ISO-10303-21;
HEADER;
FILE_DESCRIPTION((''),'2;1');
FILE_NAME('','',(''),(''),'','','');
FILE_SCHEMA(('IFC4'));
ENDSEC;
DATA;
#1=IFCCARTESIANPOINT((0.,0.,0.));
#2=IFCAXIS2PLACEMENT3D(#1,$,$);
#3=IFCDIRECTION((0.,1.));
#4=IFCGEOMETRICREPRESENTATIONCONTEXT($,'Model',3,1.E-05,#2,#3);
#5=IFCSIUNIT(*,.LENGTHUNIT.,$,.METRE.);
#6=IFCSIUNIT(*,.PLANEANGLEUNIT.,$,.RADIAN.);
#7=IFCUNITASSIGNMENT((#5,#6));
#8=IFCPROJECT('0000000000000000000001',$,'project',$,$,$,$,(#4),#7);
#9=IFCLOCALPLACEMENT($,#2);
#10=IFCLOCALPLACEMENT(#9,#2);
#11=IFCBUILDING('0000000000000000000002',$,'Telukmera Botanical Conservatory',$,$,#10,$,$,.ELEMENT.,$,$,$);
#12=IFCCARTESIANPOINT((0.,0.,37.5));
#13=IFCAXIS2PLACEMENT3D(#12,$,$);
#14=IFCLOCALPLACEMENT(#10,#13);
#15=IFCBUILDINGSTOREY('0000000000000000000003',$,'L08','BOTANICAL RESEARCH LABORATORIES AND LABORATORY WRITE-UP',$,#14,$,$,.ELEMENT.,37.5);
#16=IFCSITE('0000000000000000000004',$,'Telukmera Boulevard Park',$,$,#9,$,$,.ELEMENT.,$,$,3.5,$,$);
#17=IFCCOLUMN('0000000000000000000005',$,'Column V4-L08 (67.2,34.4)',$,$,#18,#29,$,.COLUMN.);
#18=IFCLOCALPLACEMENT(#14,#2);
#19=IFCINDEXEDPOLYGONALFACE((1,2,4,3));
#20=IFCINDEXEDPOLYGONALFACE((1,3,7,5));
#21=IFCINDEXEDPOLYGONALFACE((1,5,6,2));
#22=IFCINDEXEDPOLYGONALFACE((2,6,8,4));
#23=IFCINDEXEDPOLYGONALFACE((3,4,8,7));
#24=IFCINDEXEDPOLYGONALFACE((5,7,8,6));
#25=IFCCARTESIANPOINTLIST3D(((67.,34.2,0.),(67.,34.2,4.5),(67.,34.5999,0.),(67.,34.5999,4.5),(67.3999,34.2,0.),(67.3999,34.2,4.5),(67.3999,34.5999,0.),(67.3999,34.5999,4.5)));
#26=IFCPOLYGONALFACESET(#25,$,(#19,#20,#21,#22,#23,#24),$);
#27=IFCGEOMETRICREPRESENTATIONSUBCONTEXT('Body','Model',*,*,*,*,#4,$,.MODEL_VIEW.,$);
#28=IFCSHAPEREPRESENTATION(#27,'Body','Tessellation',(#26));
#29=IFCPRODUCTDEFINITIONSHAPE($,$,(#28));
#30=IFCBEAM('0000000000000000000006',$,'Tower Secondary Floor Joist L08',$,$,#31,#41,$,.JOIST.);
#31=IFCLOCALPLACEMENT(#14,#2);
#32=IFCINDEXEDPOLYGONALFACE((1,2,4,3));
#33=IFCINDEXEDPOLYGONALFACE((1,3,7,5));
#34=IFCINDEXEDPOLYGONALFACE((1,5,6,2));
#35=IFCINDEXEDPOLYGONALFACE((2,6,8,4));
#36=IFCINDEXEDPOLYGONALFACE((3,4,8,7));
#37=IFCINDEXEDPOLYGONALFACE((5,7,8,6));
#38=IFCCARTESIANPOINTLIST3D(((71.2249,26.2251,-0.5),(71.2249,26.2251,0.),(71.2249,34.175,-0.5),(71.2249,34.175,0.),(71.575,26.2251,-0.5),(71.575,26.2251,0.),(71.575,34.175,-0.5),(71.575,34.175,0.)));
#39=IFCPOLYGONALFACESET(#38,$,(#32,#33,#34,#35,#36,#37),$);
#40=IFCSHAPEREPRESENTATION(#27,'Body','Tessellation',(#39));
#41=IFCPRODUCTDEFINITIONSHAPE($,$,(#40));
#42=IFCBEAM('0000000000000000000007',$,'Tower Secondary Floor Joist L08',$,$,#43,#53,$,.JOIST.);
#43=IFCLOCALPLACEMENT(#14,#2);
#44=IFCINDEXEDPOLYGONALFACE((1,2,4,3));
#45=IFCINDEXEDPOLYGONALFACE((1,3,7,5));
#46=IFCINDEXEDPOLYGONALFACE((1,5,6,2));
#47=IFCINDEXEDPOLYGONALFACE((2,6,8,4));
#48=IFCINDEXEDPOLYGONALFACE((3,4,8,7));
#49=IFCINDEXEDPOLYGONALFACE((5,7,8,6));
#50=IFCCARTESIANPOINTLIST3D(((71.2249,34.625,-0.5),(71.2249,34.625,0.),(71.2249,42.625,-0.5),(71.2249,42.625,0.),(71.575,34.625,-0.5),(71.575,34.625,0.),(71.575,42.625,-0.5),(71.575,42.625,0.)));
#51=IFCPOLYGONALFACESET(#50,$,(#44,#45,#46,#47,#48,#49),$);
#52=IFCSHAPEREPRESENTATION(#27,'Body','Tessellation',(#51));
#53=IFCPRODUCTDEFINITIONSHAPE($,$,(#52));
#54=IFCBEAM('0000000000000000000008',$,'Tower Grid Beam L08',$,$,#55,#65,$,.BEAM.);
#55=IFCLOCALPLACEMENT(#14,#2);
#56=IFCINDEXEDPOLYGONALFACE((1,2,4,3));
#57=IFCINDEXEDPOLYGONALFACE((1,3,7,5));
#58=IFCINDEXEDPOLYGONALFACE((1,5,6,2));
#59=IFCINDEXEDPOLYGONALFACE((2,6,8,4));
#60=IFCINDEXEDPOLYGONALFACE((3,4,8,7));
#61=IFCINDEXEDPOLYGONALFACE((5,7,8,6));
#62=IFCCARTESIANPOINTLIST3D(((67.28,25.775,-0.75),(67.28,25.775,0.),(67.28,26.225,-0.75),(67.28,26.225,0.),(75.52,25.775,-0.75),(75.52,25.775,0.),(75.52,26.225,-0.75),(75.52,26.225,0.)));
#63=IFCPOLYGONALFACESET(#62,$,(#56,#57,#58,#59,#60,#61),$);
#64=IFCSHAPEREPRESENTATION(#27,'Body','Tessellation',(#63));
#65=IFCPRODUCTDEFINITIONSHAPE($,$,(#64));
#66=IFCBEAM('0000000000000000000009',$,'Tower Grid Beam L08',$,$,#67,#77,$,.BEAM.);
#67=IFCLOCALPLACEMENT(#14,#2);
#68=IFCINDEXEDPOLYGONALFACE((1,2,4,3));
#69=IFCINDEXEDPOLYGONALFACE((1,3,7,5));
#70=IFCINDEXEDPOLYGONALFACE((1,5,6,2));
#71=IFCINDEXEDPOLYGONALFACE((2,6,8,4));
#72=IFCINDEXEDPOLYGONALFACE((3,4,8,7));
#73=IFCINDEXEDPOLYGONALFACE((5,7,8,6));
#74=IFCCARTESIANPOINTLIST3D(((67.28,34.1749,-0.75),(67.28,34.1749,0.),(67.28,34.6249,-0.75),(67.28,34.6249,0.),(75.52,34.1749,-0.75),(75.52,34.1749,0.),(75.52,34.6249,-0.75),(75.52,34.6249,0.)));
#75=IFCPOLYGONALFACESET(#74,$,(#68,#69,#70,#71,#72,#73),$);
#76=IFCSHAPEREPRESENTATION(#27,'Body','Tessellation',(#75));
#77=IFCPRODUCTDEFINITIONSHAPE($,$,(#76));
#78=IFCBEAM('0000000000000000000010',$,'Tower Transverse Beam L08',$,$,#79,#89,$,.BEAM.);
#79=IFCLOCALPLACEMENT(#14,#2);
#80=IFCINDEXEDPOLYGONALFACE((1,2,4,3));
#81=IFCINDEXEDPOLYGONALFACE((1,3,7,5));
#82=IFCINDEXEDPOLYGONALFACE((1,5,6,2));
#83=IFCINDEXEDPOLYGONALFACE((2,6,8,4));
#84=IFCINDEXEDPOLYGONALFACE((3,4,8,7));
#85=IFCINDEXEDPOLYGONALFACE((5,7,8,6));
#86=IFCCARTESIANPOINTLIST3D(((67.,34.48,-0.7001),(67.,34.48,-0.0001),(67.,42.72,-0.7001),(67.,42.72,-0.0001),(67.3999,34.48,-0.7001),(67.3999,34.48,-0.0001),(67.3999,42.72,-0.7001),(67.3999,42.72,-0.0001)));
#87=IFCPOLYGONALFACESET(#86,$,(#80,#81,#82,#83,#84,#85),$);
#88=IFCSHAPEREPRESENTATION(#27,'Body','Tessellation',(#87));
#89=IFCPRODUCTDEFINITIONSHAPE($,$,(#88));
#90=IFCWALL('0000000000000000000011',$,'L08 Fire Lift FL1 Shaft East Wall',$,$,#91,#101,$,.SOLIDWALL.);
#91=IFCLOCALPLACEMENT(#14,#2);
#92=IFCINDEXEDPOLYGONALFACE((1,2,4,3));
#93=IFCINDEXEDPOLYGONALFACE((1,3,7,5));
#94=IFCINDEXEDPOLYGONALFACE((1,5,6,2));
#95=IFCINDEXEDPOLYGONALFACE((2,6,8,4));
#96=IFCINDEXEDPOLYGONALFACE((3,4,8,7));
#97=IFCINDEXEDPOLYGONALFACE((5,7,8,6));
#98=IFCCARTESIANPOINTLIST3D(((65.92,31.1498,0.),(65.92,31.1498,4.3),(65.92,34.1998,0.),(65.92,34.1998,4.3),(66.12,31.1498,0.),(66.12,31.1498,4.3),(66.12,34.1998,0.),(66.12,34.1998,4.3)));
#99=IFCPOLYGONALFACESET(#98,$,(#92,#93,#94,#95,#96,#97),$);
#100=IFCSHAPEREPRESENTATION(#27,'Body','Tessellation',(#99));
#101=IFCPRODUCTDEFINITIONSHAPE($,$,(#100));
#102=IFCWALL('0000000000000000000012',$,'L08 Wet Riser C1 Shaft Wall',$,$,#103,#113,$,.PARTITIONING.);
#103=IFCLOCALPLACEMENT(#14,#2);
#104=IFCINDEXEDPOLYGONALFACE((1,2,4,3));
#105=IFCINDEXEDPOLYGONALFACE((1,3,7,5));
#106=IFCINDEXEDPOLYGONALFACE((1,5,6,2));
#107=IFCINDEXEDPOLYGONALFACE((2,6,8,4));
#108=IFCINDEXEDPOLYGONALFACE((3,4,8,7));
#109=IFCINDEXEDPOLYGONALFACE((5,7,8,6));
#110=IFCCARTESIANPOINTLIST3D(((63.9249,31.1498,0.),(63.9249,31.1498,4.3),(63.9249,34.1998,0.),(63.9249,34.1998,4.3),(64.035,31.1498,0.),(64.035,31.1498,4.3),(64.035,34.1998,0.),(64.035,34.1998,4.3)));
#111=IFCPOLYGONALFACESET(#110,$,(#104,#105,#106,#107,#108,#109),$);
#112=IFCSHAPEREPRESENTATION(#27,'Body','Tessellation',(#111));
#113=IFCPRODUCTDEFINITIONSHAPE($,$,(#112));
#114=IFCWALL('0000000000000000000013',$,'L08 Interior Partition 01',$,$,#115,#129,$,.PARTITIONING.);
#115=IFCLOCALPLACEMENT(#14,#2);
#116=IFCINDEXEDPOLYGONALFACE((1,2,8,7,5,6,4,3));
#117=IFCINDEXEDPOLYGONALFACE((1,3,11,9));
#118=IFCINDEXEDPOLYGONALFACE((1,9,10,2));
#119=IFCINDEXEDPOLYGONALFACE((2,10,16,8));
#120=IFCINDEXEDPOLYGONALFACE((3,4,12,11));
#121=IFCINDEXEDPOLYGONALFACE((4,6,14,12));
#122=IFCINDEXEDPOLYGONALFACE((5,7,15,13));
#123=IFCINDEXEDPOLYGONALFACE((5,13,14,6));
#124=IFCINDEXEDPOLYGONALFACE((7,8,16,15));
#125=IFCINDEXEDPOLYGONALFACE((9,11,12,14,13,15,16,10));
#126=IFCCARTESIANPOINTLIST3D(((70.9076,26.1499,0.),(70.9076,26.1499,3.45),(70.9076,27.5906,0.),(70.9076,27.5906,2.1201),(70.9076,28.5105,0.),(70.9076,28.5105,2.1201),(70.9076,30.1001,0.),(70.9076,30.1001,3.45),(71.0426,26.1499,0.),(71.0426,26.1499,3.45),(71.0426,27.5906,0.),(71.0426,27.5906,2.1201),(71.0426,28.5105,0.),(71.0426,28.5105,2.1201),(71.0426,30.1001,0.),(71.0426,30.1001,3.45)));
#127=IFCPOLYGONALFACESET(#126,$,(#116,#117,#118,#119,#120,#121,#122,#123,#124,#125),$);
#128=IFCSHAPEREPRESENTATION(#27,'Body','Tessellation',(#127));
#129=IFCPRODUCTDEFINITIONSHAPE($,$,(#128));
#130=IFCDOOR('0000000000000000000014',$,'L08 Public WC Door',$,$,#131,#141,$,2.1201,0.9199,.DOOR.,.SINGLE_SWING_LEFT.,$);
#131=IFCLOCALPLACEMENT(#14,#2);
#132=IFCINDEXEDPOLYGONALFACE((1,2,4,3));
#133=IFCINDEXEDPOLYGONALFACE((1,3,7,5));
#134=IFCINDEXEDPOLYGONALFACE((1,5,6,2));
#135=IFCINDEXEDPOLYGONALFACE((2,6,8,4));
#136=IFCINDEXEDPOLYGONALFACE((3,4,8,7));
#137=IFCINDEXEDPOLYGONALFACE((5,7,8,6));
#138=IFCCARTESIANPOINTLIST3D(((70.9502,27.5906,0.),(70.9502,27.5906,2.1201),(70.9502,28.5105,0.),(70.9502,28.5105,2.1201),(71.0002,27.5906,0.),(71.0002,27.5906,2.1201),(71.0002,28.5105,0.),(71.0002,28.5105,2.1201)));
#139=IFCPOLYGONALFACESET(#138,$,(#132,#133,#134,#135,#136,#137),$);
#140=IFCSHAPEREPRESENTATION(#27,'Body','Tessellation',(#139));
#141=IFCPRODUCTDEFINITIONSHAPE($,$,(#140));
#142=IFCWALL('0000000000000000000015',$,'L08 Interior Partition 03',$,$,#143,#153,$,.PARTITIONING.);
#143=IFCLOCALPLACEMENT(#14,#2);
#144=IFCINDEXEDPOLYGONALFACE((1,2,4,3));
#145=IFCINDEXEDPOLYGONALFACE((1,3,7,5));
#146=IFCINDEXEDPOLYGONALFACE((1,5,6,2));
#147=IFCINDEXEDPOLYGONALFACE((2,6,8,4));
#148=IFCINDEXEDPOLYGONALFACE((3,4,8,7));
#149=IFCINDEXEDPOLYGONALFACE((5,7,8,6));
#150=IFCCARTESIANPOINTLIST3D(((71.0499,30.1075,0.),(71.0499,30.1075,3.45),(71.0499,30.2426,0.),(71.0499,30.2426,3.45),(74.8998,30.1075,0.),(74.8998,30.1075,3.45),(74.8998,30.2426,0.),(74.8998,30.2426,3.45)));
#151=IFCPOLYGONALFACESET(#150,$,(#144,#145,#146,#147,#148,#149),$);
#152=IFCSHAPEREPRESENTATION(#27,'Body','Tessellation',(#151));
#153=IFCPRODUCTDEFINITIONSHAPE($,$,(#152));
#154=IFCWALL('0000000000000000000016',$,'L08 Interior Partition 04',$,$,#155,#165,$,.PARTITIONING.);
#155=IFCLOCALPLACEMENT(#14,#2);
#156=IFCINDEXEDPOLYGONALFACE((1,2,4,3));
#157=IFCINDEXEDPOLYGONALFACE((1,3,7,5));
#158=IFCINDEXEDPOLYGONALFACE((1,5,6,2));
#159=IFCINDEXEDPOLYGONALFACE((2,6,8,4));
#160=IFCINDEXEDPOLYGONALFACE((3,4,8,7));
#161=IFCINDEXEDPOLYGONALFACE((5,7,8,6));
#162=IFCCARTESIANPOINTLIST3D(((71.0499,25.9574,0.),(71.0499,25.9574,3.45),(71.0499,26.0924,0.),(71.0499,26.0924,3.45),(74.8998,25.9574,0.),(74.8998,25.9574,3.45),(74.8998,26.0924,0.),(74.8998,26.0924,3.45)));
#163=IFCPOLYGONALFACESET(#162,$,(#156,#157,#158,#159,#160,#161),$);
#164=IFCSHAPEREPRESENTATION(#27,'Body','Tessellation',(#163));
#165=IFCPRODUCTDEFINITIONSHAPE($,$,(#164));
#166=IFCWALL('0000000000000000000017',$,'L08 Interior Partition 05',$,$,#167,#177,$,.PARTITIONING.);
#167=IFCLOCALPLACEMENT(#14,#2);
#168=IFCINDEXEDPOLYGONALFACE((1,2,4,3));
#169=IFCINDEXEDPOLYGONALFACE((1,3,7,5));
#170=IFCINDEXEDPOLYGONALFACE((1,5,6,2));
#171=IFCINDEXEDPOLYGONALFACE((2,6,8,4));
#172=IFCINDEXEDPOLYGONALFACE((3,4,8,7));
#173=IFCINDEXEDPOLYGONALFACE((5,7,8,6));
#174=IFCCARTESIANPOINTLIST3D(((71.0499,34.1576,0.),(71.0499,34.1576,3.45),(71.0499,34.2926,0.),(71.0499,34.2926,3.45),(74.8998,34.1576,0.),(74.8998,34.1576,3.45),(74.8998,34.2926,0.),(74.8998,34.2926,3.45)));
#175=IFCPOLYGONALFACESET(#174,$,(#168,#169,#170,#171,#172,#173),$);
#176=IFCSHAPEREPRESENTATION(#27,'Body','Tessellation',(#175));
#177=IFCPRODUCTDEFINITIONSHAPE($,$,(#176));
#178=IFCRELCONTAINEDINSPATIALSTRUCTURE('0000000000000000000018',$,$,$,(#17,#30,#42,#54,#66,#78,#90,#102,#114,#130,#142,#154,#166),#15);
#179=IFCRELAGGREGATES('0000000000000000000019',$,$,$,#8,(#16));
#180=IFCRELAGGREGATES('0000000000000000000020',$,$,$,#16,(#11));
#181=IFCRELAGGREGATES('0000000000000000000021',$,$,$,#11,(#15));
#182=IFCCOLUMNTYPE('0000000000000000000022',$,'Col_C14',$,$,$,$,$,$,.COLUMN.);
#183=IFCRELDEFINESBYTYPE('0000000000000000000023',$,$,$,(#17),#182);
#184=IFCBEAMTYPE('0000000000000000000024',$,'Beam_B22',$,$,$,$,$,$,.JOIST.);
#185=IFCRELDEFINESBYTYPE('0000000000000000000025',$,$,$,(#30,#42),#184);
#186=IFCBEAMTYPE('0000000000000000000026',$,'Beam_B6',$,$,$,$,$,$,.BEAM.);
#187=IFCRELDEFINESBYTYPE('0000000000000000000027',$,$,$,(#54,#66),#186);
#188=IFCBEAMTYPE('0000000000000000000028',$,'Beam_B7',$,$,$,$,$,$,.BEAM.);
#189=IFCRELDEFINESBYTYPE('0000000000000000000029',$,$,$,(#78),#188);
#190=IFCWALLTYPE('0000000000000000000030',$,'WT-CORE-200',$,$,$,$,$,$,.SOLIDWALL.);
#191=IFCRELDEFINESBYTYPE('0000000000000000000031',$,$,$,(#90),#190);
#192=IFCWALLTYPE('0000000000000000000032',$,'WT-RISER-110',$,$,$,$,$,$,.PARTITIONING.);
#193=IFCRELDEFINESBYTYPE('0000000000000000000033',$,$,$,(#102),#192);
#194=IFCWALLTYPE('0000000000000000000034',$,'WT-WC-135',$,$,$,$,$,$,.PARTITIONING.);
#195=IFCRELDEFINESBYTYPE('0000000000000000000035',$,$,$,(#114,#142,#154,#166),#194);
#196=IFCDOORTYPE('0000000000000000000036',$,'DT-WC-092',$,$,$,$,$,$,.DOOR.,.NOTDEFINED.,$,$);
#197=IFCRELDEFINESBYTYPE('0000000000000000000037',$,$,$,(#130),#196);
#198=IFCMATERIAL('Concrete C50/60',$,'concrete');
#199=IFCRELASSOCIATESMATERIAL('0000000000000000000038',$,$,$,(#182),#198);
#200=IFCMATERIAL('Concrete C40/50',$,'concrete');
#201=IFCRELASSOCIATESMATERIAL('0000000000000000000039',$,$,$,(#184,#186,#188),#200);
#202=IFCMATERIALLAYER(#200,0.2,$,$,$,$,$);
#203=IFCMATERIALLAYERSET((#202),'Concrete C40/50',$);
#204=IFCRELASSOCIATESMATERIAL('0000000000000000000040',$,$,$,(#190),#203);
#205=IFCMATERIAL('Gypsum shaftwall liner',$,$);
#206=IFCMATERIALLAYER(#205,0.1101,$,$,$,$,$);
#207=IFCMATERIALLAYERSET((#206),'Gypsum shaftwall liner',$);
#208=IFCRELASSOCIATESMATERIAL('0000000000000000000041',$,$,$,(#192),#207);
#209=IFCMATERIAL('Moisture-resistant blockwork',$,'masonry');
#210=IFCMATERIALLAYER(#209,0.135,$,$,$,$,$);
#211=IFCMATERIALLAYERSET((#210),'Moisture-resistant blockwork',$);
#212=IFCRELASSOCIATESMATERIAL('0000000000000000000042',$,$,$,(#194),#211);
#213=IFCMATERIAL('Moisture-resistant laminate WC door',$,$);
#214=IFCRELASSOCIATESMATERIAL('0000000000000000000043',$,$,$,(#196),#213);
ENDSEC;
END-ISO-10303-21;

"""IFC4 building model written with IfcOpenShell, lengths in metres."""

from ifc_helpers import new_model, si_unit, direction, frame, frame_2d, origin, origin_2d, place, context, subcontext, project, spatial, rectangle, extrude, material, layer, layer_set, material_profile, profile_set, type_object, element, fill, save


model = new_model("IFC4")

# Units and contexts
model_context = context("Model", 3, precision=1e-05, world=origin(), true_north=direction((0.0, 1.0)))
body_context = subcontext(model_context, "Body", "Model", "MODEL_VIEW")
ifc_project = project(units=[si_unit("LENGTHUNIT", "METRE"), si_unit("PLANEANGLEUNIT", "RADIAN")], contexts=[model_context])

# Site, building, storey
site_placement = place(None, origin())
site = spatial("IfcSite", under=ifc_project, at=site_placement, Name="Telukmera Boulevard Park", CompositionType="ELEMENT", RefElevation=3.5)
building_placement = place(site_placement, origin())
building = spatial("IfcBuilding", under=site, at=building_placement, Name="Telukmera Botanical Conservatory", CompositionType="ELEMENT")
storey_placement = place(building_placement, frame((0.0, 0.0, 37.5)))
storey = spatial("IfcBuildingStorey", under=building, at=storey_placement, Name="L08", Description="BOTANICAL RESEARCH LABORATORIES AND LABORATORY WRITE-UP", CompositionType="ELEMENT", Elevation=37.5)

# Column
ifc_material_1 = material(Name="Concrete C50/60", Category="concrete")
ifc_material_profile_1 = material_profile(ifc_material_1, rectangle(XDim=0.3999, YDim=0.3999, at=origin_2d()), Name="RC 400x400")
ifc_profile_set_1 = profile_set([ifc_material_profile_1], Name="Concrete C50/60")
column_type = type_object("IfcColumnType", Name="Col_C14", PredefinedType="COLUMN", material=ifc_profile_set_1)
column_placement = place(storey_placement, frame((67.2, 34.3999, 0.0), z_axis=(0.0, 0.0, 1.0), x_axis=(1.0, 0.0, 0.0)))
element("IfcColumn", 1, at=column_placement, inside=storey, type_object=column_type, Name="Column V4-L08 (67.2,34.4)", PredefinedType="COLUMN", context=body_context, shape_type="SweptSolid", body=[
    extrude(rectangle(XDim=0.3999, YDim=0.3999, at=origin_2d()), origin(), (0.0, 0.0, 1.0), 4.5),
])

# Beams
ifc_material_2 = material(Name="Concrete C40/50", Category="concrete")
ifc_material_profile_2 = material_profile(ifc_material_2, rectangle(XDim=0.3501, YDim=0.5, at=origin_2d()), Name="RC 350x500")
ifc_profile_set_2 = profile_set([ifc_material_profile_2], Name="Concrete C40/50")
beam_type_1 = type_object("IfcBeamType", Name="Beam_B22", PredefinedType="JOIST", material=ifc_profile_set_2)
beam_1_placement = place(storey_placement, frame((71.3999, 26.2251, -0.25), z_axis=(0.0, 1.0, 0.0), x_axis=(-1.0, 0.0, 0.0)))
element("IfcBeam", 2, at=beam_1_placement, inside=storey, type_object=beam_type_1, Name="Tower Secondary Floor Joist L08", PredefinedType="JOIST", context=body_context, shape_type="SweptSolid", body=[
    extrude(rectangle(XDim=0.3501, YDim=0.5, at=origin_2d()), origin(), (0.0, 0.0, 1.0), 7.95),
])
beam_2_placement = place(storey_placement, frame((71.3999, 34.625, -0.25), z_axis=(0.0, 1.0, 0.0), x_axis=(-1.0, 0.0, 0.0)))
element("IfcBeam", 3, at=beam_2_placement, inside=storey, type_object=beam_type_1, Name="Tower Secondary Floor Joist L08", PredefinedType="JOIST", context=body_context, shape_type="SweptSolid", body=[
    extrude(rectangle(XDim=0.3501, YDim=0.5, at=origin_2d()), origin(), (0.0, 0.0, 1.0), 8.0),
])
ifc_material_profile_3 = material_profile(ifc_material_2, rectangle(XDim=0.45, YDim=0.75, at=origin_2d()), Name="RC 450x750")
ifc_profile_set_3 = profile_set([ifc_material_profile_3], Name="Concrete C40/50")
beam_type_2 = type_object("IfcBeamType", Name="Beam_B6", PredefinedType="BEAM", material=ifc_profile_set_3)
for number, where, z_axis, x_axis, name in (
    (4, (67.28, 26.0, -0.375), (1.0, 0.0, 0.0), (0.0, 1.0, 0.0), "Tower Grid Beam L08"),
    (5, (67.28, 34.3999, -0.375), (1.0, 0.0, 0.0), (0.0, 1.0, 0.0), "Tower Grid Beam L08"),
):
    element("IfcBeam", number, at=place(storey_placement, frame(where, z_axis=z_axis, x_axis=x_axis)), inside=storey, type_object=beam_type_2, Name=name, PredefinedType="BEAM", context=body_context, shape_type="SweptSolid", body=[
        extrude(rectangle(XDim=0.45, YDim=0.75, at=origin_2d()), origin(), (0.0, 0.0, 1.0), 8.24),
    ])
ifc_material_profile_4 = material_profile(ifc_material_2, rectangle(XDim=0.3999, YDim=0.7, at=origin_2d()), Name="RC 400x700")
ifc_profile_set_4 = profile_set([ifc_material_profile_4], Name="Concrete C40/50")
beam_type_3 = type_object("IfcBeamType", Name="Beam_B7", PredefinedType="BEAM", material=ifc_profile_set_4)
beam_3_placement = place(storey_placement, frame((67.2, 34.48, -0.3501), z_axis=(0.0, 1.0, 0.0), x_axis=(-1.0, 0.0, 0.0)))
element("IfcBeam", 6, at=beam_3_placement, inside=storey, type_object=beam_type_3, Name="Tower Transverse Beam L08", PredefinedType="BEAM", context=body_context, shape_type="SweptSolid", body=[
    extrude(rectangle(XDim=0.3999, YDim=0.7, at=origin_2d()), origin(), (0.0, 0.0, 1.0), 8.24),
])

# Shared definitions
ifc_layer_1 = layer(ifc_material_2, 0.2)
ifc_layer_set_1 = layer_set([ifc_layer_1], Name="Concrete C40/50")
wall_type_1 = type_object("IfcWallType", Name="WT-CORE-200", PredefinedType="SOLIDWALL", material=ifc_layer_set_1)

# Walls
wall_1_placement = place(storey_placement, frame((66.02, 31.1499, 0.0), z_axis=(0.0, 0.0, 1.0), x_axis=(0.0, 1.0, 0.0)))
element("IfcWall", 7, at=wall_1_placement, inside=storey, type_object=wall_type_1, Name="L08 Fire Lift FL1 Shaft East Wall", PredefinedType="SOLIDWALL", context=body_context, shape_type="SweptSolid", body=[
    extrude(rectangle(XDim=3.05, YDim=0.2, at=frame_2d((1.5249, 0.0))), origin(), (0.0, 0.0, 1.0), 4.3),
])
ifc_material_3 = material(Name="Gypsum shaftwall liner")
ifc_layer_2 = layer(ifc_material_3, 0.1101)
ifc_layer_set_2 = layer_set([ifc_layer_2], Name="Gypsum shaftwall liner")
wall_type_2 = type_object("IfcWallType", Name="WT-RISER-110", PredefinedType="PARTITIONING", material=ifc_layer_set_2)
wall_2_placement = place(storey_placement, frame((63.98, 31.1499, 0.0), z_axis=(0.0, 0.0, 1.0), x_axis=(0.0, 1.0, 0.0)))
element("IfcWall", 8, at=wall_2_placement, inside=storey, type_object=wall_type_2, Name="L08 Wet Riser C1 Shaft Wall", PredefinedType="PARTITIONING", context=body_context, shape_type="SweptSolid", body=[
    extrude(rectangle(XDim=3.05, YDim=0.1101, at=frame_2d((1.5249, 0.0))), origin(), (0.0, 0.0, 1.0), 4.3),
])

# Wall, opening, door
ifc_material_4 = material(Name="Moisture-resistant blockwork", Category="masonry")
ifc_layer_3 = layer(ifc_material_4, 0.135)
ifc_layer_set_3 = layer_set([ifc_layer_3], Name="Moisture-resistant blockwork")
wall_type_3 = type_object("IfcWallType", Name="WT-WC-135", PredefinedType="PARTITIONING", material=ifc_layer_set_3)
wall_3_placement = place(storey_placement, frame((70.9751, 26.1499, 0.0), z_axis=(0.0, 0.0, 1.0), x_axis=(0.0, 1.0, 0.0)))
wall_3 = element("IfcWall", 9, at=wall_3_placement, inside=storey, type_object=wall_type_3, Name="L08 Interior Partition 01", PredefinedType="PARTITIONING", context=body_context, shape_type="SweptSolid", body=[
    extrude(rectangle(XDim=3.9502, YDim=0.135, at=frame_2d((1.9751, 0.0))), origin(), (0.0, 0.0, 1.0), 3.45),
])
opening_1_placement = place(wall_3_placement, frame((1.4407, 0.0, 0.0)))
opening_1 = element("IfcOpeningElement", 10, at=opening_1_placement, cuts=wall_3, PredefinedType="OPENING", context=body_context, shape_type="SweptSolid", body=[
    extrude(rectangle(XDim=0.9199, YDim=2.1201, at=frame_2d((0.46, 1.0601))), frame((0.0, 0.0774, 0.0), z_axis=(0.0, -1.0, 0.0), x_axis=(1.0, 0.0, 0.0)), (0.0, 0.0, 1.0), 0.155),
])
ifc_material_5 = material(Name="Moisture-resistant laminate WC door")
door_type_1 = type_object("IfcDoorType", Name="DT-WC-092", OperationType="NOTDEFINED", PredefinedType="DOOR", material=ifc_material_5)
door_1_placement = place(opening_1_placement, origin())
door_1 = element("IfcDoor", 11, at=door_1_placement, inside=storey, type_object=door_type_1, Name="L08 Public WC Door", OperationType="SINGLE_SWING_LEFT", OverallHeight=2.1201, OverallWidth=0.9199, PredefinedType="DOOR", context=body_context, shape_type="SweptSolid", body=[
    extrude(rectangle(XDim=0.9199, YDim=2.1201, at=frame_2d((0.46, 1.0601))), frame((0.0, 0.0249, 0.0), z_axis=(0.0, -1.0, 0.0), x_axis=(1.0, 0.0, 0.0)), (0.0, 0.0, 1.0), 0.05),
])
fill(opening_1, door_1)

# Walls
for number, where, z_axis, x_axis, name in (
    (12, (71.05, 30.175, 0.0), (0.0, 0.0, 1.0), (1.0, 0.0, 0.0), "L08 Interior Partition 03"),
    (13, (71.05, 26.0249, 0.0), (0.0, 0.0, 1.0), (1.0, 0.0, 0.0), "L08 Interior Partition 04"),
    (14, (71.05, 34.2251, 0.0), (0.0, 0.0, 1.0), (1.0, 0.0, 0.0), "L08 Interior Partition 05"),
):
    element("IfcWall", number, at=place(storey_placement, frame(where, z_axis=z_axis, x_axis=x_axis)), inside=storey, type_object=wall_type_3, Name=name, PredefinedType="PARTITIONING", context=body_context, shape_type="SweptSolid", body=[
        extrude(rectangle(XDim=3.8499, YDim=0.135, at=frame_2d((1.9248, 0.0))), origin(), (0.0, 0.0, 1.0), 3.45),
    ])

save(model, "model.ifc")
